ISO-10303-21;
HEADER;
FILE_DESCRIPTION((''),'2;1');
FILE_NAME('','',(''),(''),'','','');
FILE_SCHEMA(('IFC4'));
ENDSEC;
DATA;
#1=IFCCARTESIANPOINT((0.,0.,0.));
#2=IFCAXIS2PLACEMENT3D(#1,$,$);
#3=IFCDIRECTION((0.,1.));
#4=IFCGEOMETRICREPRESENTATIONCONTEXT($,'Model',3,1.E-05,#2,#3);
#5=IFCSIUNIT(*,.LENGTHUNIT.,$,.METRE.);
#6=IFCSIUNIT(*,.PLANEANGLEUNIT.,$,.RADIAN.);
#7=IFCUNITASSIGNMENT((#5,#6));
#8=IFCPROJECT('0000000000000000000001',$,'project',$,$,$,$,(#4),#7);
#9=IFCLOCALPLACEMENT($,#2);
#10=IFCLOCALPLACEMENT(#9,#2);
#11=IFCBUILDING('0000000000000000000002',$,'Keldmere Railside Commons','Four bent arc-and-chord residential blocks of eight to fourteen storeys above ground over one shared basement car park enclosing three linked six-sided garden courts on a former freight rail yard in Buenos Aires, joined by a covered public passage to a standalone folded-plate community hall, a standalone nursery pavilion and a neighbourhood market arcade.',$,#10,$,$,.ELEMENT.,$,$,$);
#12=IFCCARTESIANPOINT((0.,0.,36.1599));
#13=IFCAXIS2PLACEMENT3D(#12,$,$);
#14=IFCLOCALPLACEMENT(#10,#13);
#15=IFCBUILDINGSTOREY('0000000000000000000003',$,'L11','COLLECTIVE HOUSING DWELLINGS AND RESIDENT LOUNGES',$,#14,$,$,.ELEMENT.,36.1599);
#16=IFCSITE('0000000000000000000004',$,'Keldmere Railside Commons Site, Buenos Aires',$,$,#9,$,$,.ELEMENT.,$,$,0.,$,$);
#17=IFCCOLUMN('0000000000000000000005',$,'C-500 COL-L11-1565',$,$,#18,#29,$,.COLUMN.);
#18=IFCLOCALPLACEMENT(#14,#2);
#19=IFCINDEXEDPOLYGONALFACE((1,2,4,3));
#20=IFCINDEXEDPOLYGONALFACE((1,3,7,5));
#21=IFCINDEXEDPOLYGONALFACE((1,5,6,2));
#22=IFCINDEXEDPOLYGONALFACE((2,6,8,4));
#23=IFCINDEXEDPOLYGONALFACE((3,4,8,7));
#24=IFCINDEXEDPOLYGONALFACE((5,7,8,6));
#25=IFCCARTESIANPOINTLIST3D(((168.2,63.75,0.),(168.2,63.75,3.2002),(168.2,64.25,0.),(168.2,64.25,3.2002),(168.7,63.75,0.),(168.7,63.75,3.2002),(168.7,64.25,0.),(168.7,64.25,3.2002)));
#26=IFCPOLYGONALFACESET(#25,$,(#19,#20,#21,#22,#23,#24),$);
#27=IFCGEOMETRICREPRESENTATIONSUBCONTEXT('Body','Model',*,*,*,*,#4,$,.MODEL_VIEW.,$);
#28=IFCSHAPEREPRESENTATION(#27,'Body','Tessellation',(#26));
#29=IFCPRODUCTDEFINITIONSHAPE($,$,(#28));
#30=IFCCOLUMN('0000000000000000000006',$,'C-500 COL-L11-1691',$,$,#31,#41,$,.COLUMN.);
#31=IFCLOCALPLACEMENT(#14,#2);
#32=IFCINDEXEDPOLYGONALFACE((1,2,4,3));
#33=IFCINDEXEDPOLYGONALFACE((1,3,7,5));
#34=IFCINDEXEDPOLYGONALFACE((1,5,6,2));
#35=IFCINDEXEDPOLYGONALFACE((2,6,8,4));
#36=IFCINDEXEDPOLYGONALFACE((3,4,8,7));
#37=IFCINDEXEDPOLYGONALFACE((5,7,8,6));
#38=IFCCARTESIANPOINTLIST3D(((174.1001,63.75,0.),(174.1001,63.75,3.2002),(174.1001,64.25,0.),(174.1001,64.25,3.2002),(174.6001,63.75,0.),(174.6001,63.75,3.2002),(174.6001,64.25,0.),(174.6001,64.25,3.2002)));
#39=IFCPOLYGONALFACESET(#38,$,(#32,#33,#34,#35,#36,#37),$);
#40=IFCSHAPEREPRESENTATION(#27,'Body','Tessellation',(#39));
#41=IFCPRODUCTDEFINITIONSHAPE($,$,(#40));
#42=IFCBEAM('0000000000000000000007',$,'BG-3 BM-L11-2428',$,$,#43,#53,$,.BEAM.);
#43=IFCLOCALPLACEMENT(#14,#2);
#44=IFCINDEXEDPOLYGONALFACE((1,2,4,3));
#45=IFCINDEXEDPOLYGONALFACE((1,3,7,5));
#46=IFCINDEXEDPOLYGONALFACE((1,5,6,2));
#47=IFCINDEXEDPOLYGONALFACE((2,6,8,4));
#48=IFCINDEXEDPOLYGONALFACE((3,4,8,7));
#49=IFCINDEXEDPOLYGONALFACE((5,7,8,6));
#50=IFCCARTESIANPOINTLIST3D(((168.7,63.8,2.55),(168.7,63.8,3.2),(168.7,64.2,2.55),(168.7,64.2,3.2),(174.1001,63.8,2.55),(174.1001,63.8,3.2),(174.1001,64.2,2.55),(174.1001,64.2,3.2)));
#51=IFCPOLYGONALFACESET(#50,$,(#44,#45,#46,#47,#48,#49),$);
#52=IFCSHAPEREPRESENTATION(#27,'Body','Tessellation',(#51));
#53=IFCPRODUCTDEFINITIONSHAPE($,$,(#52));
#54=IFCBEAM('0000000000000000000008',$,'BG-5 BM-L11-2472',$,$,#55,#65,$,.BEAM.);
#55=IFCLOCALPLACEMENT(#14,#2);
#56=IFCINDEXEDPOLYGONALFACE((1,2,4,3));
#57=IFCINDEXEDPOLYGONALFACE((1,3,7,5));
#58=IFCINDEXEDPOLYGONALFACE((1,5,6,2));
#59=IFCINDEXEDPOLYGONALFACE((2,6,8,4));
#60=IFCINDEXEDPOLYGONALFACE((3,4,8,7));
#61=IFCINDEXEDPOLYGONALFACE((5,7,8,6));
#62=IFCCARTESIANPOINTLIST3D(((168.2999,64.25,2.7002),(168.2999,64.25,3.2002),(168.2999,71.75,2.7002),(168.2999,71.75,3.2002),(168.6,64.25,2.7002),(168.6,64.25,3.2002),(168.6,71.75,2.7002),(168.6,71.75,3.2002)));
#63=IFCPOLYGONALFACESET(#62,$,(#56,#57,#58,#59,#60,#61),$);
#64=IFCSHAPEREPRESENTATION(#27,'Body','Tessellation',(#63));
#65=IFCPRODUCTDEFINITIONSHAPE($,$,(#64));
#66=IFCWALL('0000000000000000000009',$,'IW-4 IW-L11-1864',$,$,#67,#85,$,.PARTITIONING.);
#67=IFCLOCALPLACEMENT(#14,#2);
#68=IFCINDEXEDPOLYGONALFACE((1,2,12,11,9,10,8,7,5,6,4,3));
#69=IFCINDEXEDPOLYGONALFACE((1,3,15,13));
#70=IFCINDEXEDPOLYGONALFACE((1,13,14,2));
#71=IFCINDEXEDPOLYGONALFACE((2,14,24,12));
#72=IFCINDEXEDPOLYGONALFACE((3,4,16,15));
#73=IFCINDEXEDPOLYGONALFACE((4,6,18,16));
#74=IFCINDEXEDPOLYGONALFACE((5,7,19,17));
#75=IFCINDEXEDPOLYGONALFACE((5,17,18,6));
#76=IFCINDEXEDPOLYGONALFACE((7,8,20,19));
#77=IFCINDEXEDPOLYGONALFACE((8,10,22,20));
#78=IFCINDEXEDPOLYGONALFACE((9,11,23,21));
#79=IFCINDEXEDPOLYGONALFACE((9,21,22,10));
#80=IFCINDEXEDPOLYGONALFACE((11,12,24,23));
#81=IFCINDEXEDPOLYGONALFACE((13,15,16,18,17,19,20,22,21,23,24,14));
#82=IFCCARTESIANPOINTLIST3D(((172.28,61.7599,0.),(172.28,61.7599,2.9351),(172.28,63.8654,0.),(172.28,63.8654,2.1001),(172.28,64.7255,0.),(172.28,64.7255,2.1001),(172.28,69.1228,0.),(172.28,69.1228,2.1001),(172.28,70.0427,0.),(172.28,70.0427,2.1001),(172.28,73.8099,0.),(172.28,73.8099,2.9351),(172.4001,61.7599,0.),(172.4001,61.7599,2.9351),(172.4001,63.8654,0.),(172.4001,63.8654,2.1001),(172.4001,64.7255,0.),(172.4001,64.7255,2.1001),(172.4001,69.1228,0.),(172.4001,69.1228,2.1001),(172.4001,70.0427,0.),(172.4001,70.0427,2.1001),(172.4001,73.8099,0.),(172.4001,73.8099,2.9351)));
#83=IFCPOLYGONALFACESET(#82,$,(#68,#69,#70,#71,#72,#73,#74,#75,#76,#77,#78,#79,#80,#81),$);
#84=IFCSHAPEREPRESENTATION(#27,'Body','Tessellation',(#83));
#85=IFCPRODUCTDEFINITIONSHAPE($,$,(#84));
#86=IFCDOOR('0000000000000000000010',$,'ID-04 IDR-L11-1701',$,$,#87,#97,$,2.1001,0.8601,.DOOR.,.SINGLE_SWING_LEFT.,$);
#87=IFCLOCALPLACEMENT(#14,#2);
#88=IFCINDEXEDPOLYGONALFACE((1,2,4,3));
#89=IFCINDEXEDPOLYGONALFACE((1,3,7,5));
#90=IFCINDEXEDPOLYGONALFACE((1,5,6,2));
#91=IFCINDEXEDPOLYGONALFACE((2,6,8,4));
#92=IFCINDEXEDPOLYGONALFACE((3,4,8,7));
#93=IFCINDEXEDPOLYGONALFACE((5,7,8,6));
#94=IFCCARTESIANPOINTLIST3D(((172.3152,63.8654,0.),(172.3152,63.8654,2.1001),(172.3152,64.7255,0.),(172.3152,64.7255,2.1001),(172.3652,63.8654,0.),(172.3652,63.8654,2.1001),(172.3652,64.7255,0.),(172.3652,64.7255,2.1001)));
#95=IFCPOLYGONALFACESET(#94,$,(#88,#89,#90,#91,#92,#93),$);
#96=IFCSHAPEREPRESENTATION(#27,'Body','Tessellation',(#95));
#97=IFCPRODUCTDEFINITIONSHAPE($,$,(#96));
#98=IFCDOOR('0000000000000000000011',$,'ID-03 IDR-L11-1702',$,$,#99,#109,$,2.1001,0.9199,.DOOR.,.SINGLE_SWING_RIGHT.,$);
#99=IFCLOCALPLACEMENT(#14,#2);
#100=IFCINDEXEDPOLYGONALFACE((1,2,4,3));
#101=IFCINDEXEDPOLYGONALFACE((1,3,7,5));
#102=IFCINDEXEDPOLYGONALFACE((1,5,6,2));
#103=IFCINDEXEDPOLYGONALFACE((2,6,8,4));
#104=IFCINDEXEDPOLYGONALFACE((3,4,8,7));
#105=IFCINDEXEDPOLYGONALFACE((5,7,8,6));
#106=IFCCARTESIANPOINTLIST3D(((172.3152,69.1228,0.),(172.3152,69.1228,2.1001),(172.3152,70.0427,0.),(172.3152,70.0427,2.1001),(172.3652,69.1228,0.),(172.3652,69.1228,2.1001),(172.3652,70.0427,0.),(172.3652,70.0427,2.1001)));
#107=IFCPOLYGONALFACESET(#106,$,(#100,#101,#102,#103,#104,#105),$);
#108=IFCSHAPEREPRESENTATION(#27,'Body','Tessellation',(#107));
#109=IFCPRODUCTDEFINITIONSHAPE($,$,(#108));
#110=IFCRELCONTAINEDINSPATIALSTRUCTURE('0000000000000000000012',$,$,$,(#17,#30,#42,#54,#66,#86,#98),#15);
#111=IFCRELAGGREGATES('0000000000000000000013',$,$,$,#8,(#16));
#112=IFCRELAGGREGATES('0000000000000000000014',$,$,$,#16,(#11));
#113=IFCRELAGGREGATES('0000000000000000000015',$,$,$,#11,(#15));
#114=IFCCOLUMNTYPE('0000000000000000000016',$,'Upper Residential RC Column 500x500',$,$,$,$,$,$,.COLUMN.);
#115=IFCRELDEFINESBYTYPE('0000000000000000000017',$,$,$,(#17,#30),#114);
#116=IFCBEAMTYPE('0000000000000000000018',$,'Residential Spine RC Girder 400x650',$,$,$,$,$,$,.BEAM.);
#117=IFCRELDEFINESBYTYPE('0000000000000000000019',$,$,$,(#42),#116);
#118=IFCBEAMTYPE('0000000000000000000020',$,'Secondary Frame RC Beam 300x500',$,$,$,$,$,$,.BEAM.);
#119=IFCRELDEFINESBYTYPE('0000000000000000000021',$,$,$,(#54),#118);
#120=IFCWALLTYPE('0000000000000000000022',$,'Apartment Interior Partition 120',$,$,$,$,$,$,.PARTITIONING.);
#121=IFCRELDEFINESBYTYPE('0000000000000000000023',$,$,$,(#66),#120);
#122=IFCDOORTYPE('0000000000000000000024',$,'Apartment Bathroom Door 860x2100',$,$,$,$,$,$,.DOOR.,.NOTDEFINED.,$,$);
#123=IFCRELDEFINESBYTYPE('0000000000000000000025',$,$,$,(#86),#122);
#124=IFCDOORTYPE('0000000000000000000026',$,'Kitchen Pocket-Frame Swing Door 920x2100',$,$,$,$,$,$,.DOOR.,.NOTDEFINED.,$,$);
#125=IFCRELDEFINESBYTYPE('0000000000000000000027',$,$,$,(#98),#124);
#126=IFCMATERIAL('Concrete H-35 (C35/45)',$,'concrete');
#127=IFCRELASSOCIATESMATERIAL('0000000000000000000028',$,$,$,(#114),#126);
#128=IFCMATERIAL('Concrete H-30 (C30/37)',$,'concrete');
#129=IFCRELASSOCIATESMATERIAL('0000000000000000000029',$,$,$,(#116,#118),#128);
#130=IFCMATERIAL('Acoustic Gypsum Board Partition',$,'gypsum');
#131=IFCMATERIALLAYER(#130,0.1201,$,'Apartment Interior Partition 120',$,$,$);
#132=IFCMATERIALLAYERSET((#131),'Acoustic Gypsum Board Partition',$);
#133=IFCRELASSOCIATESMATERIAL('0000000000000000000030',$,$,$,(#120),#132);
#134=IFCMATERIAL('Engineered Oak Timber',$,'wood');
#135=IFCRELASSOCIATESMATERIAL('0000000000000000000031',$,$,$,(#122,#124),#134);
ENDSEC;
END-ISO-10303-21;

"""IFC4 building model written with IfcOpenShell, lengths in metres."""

from ifc_helpers import new_model, si_unit, direction, frame, frame_2d, origin, origin_2d, place, context, subcontext, project, spatial, rectangle, extrude, material, layer, layer_set, material_profile, profile_set, type_object, element, fill, save


model = new_model("IFC4")

# Units and contexts
model_context = context("Model", 3, precision=1e-05, world=origin(), true_north=direction((0.0, 1.0)))
body_context = subcontext(model_context, "Body", "Model", "MODEL_VIEW")
ifc_project = project(units=[si_unit("LENGTHUNIT", "METRE"), si_unit("PLANEANGLEUNIT", "RADIAN")], contexts=[model_context])

# Site, building, storey
site_placement = place(None, origin())
site = spatial("IfcSite", under=ifc_project, at=site_placement, Name="Keldmere Railside Commons Site, Buenos Aires", CompositionType="ELEMENT", RefElevation=0.0)
building_placement = place(site_placement, origin())
building = spatial("IfcBuilding", under=site, at=building_placement, Name="Keldmere Railside Commons", Description="Four bent arc-and-chord residential blocks of eight to fourteen storeys above ground over one shared basement car park enclosing three linked six-sided garden courts on a former freight rail yard in Buenos Aires, joined by a covered public passage to a standalone folded-plate community hall, a standalone nursery pavilion and a neighbourhood market arcade.", CompositionType="ELEMENT")
storey_placement = place(building_placement, frame((0.0, 0.0, 36.1599)))
storey = spatial("IfcBuildingStorey", under=building, at=storey_placement, Name="L11", Description="COLLECTIVE HOUSING DWELLINGS AND RESIDENT LOUNGES", CompositionType="ELEMENT", Elevation=36.1599)

# Columns
ifc_material_1 = material(Name="Concrete H-35 (C35/45)", Category="concrete")
ifc_material_profile_1 = material_profile(ifc_material_1, rectangle(XDim=0.5, YDim=0.5, at=origin_2d()), Name="RC-500x500")
ifc_profile_set_1 = profile_set([ifc_material_profile_1], Name="Concrete H-35 (C35/45)")
column_type = type_object("IfcColumnType", Name="Upper Residential RC Column 500x500", PredefinedType="COLUMN", material=ifc_profile_set_1)
for number, where, z_axis, x_axis, name in (
    (1, (168.45, 64.0, 0.0), (0.0, 0.0, 1.0), (1.0, 0.0, 0.0), "C-500 COL-L11-1565"),
    (2, (174.3501, 64.0, 0.0), (0.0, 0.0, 1.0), (1.0, 0.0, 0.0), "C-500 COL-L11-1691"),
):
    element("IfcColumn", number, at=place(storey_placement, frame(where, z_axis=z_axis, x_axis=x_axis)), inside=storey, type_object=column_type, Name=name, PredefinedType="COLUMN", context=body_context, shape_type="SweptSolid", body=[
        extrude(rectangle(XDim=0.5, YDim=0.5, at=origin_2d()), origin(), (0.0, 0.0, 1.0), 3.2002),
    ])

# Beams
ifc_material_2 = material(Name="Concrete H-30 (C30/37)", Category="concrete")
ifc_material_profile_2 = material_profile(ifc_material_2, rectangle(XDim=0.3999, YDim=0.6499, at=origin_2d()), Name="RC-400x650")
ifc_profile_set_2 = profile_set([ifc_material_profile_2], Name="Concrete H-30 (C30/37)")
beam_type_1 = type_object("IfcBeamType", Name="Residential Spine RC Girder 400x650", PredefinedType="BEAM", material=ifc_profile_set_2)
beam_1_placement = place(storey_placement, frame((168.7, 64.0, 2.875), z_axis=(1.0, 0.0, 0.0), x_axis=(0.0, 1.0, 0.0)))
element("IfcBeam", 3, at=beam_1_placement, inside=storey, type_object=beam_type_1, Name="BG-3 BM-L11-2428", PredefinedType="BEAM", context=body_context, shape_type="SweptSolid", body=[
    extrude(rectangle(XDim=0.3999, YDim=0.6499, at=origin_2d()), origin(), (0.0, 0.0, 1.0), 5.4001),
])
ifc_material_profile_3 = material_profile(ifc_material_2, rectangle(XDim=0.3, YDim=0.5, at=origin_2d()), Name="RC-300x500")
ifc_profile_set_3 = profile_set([ifc_material_profile_3], Name="Concrete H-30 (C30/37)")
beam_type_2 = type_object("IfcBeamType", Name="Secondary Frame RC Beam 300x500", PredefinedType="BEAM", material=ifc_profile_set_3)
beam_2_placement = place(storey_placement, frame((168.45, 64.25, 2.9502), z_axis=(0.0, 1.0, 0.0), x_axis=(-1.0, 0.0, 0.0)))
element("IfcBeam", 4, at=beam_2_placement, inside=storey, type_object=beam_type_2, Name="BG-5 BM-L11-2472", PredefinedType="BEAM", context=body_context, shape_type="SweptSolid", body=[
    extrude(rectangle(XDim=0.3, YDim=0.5, at=origin_2d()), origin(), (0.0, 0.0, 1.0), 7.5),
])

# Wall, openings, doors
ifc_material_3 = material(Name="Acoustic Gypsum Board Partition", Category="gypsum")
ifc_layer_1 = layer(ifc_material_3, 0.1201, Name="Apartment Interior Partition 120")
ifc_layer_set_1 = layer_set([ifc_layer_1], Name="Acoustic Gypsum Board Partition")
wall_type_1 = type_object("IfcWallType", Name="Apartment Interior Partition 120", PredefinedType="PARTITIONING", material=ifc_layer_set_1)
wall_1_placement = place(storey_placement, frame((172.3401, 61.76, 0.0), z_axis=(0.0, 0.0, 1.0), x_axis=(0.0, 1.0, 0.0)))
wall_1 = element("IfcWall", 5, at=wall_1_placement, inside=storey, type_object=wall_type_1, Name="IW-4 IW-L11-1864", PredefinedType="PARTITIONING", context=body_context, shape_type="SweptSolid", body=[
    extrude(rectangle(XDim=12.05, YDim=0.1201, at=frame_2d((6.0249, 0.0))), origin(), (0.0, 0.0, 1.0), 2.9351),
])
opening_1_placement = place(wall_1_placement, frame((2.1052, 0.0, 0.0)))
opening_1 = element("IfcOpeningElement", 6, at=opening_1_placement, cuts=wall_1, PredefinedType="OPENING", context=body_context, shape_type="SweptSolid", body=[
    extrude(rectangle(XDim=0.8601, YDim=2.1001, at=frame_2d((0.4302, 1.05))), frame((0.0, 0.0701, 0.0), z_axis=(0.0, -1.0, 0.0), x_axis=(1.0, 0.0, 0.0)), (0.0, 0.0, 1.0), 0.1401),
])
opening_2_placement = place(wall_1_placement, frame((7.3628, 0.0, 0.0)))
opening_2 = element("IfcOpeningElement", 7, at=opening_2_placement, cuts=wall_1, PredefinedType="OPENING", context=body_context, shape_type="SweptSolid", body=[
    extrude(rectangle(XDim=0.9199, YDim=2.1001, at=frame_2d((0.46, 1.05))), frame((0.0, 0.0701, 0.0), z_axis=(0.0, -1.0, 0.0), x_axis=(1.0, 0.0, 0.0)), (0.0, 0.0, 1.0), 0.1401),
])
ifc_material_4 = material(Name="Engineered Oak Timber", Category="wood")
door_type_1 = type_object("IfcDoorType", Name="Apartment Bathroom Door 860x2100", OperationType="NOTDEFINED", PredefinedType="DOOR", material=ifc_material_4)
door_1_placement = place(opening_1_placement, origin())
door_1 = element("IfcDoor", 8, at=door_1_placement, inside=storey, type_object=door_type_1, Name="ID-04 IDR-L11-1701", OperationType="SINGLE_SWING_LEFT", OverallHeight=2.1001, OverallWidth=0.8601, PredefinedType="DOOR", context=body_context, shape_type="SweptSolid", body=[
    extrude(rectangle(XDim=0.8601, YDim=2.1001, at=frame_2d((0.4302, 1.05))), frame((0.0, 0.0249, 0.0), z_axis=(0.0, -1.0, 0.0), x_axis=(1.0, 0.0, 0.0)), (0.0, 0.0, 1.0), 0.05),
])
fill(opening_1, door_1)
door_type_2 = type_object("IfcDoorType", Name="Kitchen Pocket-Frame Swing Door 920x2100", OperationType="NOTDEFINED", PredefinedType="DOOR", material=ifc_material_4)
door_2_placement = place(opening_2_placement, origin())
door_2 = element("IfcDoor", 9, at=door_2_placement, inside=storey, type_object=door_type_2, Name="ID-03 IDR-L11-1702", OperationType="SINGLE_SWING_RIGHT", OverallHeight=2.1001, OverallWidth=0.9199, PredefinedType="DOOR", context=body_context, shape_type="SweptSolid", body=[
    extrude(rectangle(XDim=0.9199, YDim=2.1001, at=frame_2d((0.46, 1.05))), frame((0.0, 0.0249, 0.0), z_axis=(0.0, -1.0, 0.0), x_axis=(1.0, 0.0, 0.0)), (0.0, 0.0, 1.0), 0.05),
])
fill(opening_2, door_2)

save(model, "model.ifc")
